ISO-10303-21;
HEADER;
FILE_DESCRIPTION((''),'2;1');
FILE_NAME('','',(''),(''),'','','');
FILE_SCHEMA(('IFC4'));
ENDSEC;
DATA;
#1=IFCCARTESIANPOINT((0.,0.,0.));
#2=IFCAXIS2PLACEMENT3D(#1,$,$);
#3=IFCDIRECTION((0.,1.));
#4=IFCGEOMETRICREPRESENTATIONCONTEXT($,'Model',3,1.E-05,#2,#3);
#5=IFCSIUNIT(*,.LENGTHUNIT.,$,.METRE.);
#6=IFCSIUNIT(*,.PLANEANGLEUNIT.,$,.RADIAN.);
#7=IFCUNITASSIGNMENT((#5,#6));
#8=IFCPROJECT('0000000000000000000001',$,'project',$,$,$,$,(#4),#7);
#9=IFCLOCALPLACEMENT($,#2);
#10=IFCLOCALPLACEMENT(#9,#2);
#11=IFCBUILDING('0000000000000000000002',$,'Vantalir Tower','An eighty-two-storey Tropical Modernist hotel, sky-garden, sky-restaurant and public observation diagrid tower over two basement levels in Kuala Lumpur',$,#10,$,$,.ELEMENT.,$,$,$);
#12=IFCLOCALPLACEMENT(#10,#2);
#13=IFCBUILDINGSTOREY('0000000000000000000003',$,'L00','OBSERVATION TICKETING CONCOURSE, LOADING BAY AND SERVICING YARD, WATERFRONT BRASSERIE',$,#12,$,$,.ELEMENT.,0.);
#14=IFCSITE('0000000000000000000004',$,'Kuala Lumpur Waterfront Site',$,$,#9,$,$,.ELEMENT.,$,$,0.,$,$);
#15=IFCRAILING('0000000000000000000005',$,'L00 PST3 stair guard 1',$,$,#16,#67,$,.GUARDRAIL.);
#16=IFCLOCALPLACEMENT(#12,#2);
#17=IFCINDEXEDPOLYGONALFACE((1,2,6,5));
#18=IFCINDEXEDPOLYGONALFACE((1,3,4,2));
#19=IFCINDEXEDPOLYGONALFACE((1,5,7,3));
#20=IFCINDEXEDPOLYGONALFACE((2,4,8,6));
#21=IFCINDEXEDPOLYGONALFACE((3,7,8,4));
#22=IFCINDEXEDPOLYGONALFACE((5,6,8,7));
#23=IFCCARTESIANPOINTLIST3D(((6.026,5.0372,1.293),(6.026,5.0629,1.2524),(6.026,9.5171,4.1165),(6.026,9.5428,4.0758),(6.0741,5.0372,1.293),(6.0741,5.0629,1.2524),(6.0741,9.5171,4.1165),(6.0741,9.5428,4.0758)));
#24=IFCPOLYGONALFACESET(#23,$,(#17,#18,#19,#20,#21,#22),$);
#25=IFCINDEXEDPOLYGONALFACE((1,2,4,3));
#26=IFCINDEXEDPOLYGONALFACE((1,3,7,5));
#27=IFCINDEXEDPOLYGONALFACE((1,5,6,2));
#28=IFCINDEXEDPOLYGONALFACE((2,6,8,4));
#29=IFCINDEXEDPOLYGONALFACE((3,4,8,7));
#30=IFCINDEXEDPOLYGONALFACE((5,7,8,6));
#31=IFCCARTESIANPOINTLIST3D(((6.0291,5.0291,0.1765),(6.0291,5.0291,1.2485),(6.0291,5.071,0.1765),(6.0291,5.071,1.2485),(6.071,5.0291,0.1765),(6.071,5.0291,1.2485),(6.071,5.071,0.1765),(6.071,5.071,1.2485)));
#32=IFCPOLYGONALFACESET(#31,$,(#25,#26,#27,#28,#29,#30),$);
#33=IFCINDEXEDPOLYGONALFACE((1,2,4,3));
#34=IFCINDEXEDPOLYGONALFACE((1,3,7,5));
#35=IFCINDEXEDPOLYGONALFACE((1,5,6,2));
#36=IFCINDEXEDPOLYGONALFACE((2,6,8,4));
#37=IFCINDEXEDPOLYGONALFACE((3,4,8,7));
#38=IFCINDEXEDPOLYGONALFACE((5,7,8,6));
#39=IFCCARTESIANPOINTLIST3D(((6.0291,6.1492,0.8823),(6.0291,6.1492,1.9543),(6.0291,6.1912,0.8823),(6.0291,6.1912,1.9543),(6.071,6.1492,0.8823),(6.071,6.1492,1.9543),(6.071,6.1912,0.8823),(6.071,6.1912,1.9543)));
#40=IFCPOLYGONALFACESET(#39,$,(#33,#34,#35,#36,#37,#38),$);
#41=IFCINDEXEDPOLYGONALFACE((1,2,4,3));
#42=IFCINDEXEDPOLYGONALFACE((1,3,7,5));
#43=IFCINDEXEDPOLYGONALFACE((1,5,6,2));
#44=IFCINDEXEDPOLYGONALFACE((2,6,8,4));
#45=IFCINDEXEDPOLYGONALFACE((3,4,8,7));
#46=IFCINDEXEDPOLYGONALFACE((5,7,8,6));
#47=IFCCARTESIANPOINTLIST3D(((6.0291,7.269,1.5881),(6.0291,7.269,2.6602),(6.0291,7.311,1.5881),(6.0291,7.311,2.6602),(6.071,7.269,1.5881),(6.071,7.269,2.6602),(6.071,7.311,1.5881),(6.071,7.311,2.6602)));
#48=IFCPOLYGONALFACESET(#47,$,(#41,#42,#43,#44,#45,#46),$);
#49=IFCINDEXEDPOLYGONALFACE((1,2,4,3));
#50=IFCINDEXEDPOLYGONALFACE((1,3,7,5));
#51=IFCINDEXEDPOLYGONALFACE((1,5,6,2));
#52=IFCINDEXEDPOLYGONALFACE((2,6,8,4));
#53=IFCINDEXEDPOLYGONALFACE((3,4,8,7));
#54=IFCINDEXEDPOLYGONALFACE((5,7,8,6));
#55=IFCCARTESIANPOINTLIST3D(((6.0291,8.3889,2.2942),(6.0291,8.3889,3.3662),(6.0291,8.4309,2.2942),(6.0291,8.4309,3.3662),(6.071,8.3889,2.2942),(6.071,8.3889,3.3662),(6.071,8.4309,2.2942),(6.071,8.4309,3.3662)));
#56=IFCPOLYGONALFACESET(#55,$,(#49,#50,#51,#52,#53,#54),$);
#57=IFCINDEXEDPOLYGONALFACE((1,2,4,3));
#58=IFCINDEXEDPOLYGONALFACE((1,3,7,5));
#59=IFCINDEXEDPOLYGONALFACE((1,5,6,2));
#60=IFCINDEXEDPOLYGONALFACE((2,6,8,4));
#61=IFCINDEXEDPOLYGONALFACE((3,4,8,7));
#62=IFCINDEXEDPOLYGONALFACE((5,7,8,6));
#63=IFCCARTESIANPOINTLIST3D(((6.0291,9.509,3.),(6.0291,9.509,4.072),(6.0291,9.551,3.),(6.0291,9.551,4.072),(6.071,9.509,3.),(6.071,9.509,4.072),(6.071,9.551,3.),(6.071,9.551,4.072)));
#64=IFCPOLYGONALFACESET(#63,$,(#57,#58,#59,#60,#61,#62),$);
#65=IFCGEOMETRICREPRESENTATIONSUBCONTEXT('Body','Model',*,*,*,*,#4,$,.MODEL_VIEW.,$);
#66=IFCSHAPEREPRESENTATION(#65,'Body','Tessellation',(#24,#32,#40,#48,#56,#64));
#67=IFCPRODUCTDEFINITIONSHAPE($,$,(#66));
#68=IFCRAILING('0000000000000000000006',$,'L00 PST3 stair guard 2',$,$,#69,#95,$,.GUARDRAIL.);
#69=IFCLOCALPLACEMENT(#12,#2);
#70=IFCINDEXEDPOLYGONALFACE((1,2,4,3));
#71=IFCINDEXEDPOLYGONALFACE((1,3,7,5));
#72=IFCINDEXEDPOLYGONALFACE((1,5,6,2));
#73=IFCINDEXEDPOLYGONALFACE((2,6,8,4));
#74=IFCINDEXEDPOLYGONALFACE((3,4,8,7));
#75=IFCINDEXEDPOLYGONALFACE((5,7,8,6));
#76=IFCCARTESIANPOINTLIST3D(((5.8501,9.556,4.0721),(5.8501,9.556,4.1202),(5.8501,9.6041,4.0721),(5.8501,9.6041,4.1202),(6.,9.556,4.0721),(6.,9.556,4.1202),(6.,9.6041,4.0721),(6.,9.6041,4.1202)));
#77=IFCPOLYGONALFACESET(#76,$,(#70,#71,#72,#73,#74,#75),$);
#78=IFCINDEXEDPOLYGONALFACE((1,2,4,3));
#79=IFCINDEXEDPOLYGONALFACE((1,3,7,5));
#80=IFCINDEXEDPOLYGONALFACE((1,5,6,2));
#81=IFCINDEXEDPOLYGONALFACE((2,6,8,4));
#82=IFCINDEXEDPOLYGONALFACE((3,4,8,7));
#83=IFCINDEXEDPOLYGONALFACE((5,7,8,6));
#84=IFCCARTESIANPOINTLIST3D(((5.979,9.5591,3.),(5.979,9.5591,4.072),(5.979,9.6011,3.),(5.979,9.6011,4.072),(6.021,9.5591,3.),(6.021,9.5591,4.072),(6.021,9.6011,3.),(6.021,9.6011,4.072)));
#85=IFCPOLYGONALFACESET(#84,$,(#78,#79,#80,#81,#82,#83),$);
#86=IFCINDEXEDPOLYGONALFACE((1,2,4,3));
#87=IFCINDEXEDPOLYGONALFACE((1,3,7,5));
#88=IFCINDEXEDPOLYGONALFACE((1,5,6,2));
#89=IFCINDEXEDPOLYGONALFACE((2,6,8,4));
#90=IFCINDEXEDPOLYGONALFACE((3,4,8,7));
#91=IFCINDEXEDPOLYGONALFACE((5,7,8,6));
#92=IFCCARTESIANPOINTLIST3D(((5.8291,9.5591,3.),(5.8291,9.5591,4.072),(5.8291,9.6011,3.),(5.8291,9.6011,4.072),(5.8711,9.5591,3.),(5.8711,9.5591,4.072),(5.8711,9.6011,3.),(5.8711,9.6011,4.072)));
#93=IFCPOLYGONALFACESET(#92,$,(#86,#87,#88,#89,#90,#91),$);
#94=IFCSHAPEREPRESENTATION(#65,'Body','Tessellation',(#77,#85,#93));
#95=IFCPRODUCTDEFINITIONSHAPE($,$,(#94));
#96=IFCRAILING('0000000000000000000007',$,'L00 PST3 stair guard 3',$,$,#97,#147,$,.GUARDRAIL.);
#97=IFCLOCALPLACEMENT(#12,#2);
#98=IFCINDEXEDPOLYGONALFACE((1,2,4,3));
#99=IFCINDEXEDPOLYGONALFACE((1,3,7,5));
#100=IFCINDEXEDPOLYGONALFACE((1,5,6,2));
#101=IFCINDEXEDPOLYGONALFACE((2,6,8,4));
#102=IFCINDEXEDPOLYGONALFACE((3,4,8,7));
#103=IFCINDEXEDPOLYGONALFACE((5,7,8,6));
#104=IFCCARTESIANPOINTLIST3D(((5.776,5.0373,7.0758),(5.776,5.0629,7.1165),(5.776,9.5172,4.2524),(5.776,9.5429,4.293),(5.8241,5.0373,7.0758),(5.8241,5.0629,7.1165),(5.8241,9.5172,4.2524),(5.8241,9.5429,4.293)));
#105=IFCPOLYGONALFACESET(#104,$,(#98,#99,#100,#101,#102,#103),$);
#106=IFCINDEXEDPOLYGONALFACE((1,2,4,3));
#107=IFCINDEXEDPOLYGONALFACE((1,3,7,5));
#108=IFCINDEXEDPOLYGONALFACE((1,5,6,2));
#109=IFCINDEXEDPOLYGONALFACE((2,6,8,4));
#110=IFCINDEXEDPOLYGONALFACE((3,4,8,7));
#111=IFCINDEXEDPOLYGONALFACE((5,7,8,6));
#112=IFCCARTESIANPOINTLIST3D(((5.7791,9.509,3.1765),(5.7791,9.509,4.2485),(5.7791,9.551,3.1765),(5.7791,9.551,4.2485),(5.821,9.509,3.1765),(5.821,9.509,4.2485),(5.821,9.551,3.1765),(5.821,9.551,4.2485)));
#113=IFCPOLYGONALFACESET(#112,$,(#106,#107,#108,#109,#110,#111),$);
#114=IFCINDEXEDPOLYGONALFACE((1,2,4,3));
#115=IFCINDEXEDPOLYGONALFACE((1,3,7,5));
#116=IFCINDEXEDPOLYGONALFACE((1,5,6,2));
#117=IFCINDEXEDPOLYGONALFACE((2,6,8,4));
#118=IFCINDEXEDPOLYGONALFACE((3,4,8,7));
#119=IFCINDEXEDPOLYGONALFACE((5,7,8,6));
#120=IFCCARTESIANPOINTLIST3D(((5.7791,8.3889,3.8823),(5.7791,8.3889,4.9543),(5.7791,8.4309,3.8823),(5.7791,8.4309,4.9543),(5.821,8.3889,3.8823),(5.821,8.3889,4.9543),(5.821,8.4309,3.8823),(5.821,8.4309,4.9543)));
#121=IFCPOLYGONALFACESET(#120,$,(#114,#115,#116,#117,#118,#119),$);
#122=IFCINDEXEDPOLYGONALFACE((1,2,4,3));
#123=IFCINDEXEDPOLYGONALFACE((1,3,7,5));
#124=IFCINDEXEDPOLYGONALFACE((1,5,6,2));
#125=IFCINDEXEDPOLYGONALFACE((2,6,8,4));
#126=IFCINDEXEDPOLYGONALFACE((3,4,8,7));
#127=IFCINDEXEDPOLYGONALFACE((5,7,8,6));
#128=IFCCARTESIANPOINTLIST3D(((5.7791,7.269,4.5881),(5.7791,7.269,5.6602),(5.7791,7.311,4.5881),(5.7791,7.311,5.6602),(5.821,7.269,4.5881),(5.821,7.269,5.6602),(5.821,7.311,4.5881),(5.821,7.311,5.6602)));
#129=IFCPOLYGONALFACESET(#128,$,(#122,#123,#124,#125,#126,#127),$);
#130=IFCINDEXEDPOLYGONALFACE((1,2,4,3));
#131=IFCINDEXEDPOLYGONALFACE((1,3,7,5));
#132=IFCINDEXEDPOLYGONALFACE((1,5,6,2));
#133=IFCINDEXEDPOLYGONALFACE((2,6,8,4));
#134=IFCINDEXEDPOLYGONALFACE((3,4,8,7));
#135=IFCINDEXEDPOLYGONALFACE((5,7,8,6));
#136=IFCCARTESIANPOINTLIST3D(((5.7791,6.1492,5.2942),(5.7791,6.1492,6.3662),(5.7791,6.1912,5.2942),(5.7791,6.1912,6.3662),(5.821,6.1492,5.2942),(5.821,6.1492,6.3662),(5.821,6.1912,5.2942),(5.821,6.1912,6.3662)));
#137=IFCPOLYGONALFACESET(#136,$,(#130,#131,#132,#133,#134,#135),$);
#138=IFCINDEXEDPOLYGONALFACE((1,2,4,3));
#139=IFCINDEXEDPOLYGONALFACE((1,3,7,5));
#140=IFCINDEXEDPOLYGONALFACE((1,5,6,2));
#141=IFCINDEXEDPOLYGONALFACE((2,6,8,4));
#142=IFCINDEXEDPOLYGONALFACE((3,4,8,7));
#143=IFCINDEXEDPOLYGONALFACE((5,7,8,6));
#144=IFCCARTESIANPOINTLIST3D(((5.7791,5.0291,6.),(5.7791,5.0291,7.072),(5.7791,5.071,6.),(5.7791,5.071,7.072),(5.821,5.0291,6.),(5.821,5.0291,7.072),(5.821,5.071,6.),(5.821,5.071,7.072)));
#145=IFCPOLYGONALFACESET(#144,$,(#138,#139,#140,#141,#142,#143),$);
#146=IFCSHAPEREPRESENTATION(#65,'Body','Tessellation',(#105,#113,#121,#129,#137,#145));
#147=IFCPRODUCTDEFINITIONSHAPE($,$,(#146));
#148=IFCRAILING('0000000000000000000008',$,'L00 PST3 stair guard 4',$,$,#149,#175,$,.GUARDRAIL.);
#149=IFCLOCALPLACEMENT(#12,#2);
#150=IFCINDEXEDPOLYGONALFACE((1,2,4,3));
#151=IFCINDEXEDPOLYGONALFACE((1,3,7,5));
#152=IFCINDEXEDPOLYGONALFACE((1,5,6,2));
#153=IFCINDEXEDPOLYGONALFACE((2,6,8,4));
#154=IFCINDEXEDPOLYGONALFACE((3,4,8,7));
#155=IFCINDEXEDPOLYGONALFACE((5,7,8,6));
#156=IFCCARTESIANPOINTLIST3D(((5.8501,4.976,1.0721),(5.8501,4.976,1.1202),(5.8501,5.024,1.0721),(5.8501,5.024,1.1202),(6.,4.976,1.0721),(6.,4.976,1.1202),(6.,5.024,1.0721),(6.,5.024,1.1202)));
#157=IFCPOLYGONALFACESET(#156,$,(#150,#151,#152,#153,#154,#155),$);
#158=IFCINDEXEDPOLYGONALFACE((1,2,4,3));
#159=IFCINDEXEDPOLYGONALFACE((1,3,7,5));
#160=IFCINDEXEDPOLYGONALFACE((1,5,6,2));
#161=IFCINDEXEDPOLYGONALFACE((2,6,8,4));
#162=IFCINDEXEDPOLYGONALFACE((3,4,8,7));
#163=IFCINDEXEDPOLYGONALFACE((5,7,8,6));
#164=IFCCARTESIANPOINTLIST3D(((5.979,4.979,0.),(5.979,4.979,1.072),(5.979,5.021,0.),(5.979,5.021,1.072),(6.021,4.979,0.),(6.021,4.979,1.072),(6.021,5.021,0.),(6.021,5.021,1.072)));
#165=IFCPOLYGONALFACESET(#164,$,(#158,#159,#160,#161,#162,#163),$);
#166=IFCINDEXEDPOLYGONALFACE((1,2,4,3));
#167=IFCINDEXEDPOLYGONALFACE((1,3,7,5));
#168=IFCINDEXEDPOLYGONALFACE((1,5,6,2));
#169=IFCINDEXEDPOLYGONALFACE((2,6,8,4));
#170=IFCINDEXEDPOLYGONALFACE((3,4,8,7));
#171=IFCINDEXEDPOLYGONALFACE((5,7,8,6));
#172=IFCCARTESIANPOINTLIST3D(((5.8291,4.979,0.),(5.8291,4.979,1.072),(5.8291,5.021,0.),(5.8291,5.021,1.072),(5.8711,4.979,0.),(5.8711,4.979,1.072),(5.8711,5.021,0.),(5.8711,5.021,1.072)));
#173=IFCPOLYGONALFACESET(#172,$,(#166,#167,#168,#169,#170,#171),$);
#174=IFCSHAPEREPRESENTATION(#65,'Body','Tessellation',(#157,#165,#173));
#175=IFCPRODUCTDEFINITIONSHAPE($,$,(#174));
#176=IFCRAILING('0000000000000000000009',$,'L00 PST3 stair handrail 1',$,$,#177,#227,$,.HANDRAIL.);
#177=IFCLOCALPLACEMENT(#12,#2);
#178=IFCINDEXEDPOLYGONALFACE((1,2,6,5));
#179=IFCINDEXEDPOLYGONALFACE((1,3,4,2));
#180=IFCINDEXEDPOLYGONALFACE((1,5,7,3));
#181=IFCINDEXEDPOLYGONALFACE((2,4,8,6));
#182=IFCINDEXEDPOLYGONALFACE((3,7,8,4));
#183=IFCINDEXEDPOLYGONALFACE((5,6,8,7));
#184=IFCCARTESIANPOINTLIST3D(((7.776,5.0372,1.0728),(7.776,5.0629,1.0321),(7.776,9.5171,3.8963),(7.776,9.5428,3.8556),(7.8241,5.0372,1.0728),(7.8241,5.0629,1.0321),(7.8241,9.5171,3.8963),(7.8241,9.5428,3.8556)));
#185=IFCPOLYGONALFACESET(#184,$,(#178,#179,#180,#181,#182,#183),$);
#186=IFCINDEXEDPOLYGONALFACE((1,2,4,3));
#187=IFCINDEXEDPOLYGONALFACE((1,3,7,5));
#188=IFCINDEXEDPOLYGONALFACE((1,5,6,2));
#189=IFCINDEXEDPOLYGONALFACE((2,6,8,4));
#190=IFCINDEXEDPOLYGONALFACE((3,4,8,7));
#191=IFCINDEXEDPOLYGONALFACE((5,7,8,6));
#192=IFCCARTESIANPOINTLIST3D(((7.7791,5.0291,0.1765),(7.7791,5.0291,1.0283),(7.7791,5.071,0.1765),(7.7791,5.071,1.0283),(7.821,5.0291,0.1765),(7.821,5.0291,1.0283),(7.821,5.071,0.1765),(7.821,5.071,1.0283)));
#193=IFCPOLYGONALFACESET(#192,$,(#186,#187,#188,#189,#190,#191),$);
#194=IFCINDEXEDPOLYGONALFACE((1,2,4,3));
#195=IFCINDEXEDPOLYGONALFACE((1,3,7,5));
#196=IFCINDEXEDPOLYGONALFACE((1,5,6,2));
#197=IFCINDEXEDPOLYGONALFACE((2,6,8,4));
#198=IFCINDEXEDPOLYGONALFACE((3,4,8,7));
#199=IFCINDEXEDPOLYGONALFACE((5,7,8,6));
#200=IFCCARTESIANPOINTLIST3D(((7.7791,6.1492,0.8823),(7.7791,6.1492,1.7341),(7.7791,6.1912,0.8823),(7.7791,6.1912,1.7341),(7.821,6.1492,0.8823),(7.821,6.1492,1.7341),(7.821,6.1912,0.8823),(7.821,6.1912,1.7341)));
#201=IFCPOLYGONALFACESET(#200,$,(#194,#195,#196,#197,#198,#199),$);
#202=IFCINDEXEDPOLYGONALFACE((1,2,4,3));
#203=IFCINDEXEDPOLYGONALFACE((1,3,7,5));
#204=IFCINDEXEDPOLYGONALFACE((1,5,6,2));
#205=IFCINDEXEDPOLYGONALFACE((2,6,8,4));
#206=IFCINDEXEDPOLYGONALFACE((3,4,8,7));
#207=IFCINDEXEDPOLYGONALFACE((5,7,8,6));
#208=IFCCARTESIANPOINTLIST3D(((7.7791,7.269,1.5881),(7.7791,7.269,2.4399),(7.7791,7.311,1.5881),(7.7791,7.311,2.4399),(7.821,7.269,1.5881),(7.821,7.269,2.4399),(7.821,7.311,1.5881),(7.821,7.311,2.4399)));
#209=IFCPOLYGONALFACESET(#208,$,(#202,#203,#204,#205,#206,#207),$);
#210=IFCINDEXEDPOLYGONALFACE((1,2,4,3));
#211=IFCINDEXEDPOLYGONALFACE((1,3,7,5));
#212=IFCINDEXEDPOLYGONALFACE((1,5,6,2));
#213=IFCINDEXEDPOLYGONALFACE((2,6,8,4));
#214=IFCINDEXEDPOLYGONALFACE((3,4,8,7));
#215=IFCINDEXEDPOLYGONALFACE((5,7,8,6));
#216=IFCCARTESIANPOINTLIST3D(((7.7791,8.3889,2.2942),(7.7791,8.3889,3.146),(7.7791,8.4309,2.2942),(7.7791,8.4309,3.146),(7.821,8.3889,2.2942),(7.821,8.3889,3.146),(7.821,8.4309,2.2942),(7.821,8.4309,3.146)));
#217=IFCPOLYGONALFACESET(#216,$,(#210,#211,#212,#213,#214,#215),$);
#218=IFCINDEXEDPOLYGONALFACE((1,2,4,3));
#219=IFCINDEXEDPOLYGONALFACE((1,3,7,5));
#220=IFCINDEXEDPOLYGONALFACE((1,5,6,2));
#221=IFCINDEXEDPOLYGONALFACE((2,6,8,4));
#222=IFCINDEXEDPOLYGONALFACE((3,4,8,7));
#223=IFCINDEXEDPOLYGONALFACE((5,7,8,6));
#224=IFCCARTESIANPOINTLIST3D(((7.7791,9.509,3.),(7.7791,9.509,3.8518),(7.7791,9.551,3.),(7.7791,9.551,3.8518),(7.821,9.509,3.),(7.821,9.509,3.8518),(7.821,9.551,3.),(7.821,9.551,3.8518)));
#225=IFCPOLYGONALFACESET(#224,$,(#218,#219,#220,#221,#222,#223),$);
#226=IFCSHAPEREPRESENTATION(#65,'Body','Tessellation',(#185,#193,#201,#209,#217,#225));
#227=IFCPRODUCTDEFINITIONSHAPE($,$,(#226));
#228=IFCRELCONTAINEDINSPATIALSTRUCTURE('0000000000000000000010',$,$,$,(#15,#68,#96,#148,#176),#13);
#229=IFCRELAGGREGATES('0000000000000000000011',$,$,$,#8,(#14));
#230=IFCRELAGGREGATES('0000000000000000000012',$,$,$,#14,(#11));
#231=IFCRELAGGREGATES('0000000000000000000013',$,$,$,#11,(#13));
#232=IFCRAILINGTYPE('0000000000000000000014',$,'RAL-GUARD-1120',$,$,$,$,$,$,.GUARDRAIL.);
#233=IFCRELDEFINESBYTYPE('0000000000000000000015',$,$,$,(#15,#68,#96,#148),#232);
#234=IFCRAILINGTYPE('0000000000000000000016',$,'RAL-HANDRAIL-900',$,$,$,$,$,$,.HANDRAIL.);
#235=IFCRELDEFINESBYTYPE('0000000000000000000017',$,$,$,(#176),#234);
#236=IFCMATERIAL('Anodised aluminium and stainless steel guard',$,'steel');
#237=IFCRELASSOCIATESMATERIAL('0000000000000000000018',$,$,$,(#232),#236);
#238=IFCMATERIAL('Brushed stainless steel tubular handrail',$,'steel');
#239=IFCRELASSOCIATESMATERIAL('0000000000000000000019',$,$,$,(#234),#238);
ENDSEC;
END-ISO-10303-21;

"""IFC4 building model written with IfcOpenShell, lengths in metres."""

from ifc_helpers import new_model, si_unit, direction, frame, origin, origin_2d, place, context, subcontext, project, spatial, rectangle, extrude, material, type_object, element, save


model = new_model("IFC4")

# Units and contexts
model_context = context("Model", 3, precision=1e-05, world=origin(), true_north=direction((0.0, 1.0)))
body_context = subcontext(model_context, "Body", "Model", "MODEL_VIEW")
ifc_project = project(units=[si_unit("LENGTHUNIT", "METRE"), si_unit("PLANEANGLEUNIT", "RADIAN")], contexts=[model_context])

# Site, building, storey
site_placement = place(None, origin())
site = spatial("IfcSite", under=ifc_project, at=site_placement, Name="Kuala Lumpur Waterfront Site", CompositionType="ELEMENT", RefElevation=0.0)
building_placement = place(site_placement, origin())
building = spatial("IfcBuilding", under=site, at=building_placement, Name="Vantalir Tower", Description="An eighty-two-storey Tropical Modernist hotel, sky-garden, sky-restaurant and public observation diagrid tower over two basement levels in Kuala Lumpur", CompositionType="ELEMENT")
storey_placement = place(building_placement, origin())
storey = spatial("IfcBuildingStorey", under=building, at=storey_placement, Name="L00", Description="OBSERVATION TICKETING CONCOURSE, LOADING BAY AND SERVICING YARD, WATERFRONT BRASSERIE", CompositionType="ELEMENT", Elevation=0.0)

# Railings
ifc_material_1 = material(Name="Anodised aluminium and stainless steel guard", Category="steel")
railing_type_1 = type_object("IfcRailingType", Name="RAL-GUARD-1120", PredefinedType="GUARDRAIL", material=ifc_material_1)
railing_1_placement = place(storey_placement, frame((6.05, 5.05, 0.1765)))
element("IfcRailing", 1, at=railing_1_placement, inside=storey, type_object=railing_type_1, Name="L00 PST3 stair guard 1", PredefinedType="GUARDRAIL", context=body_context, shape_type="SweptSolid", body=[
    extrude(rectangle(XDim=0.0481, YDim=0.0481, at=origin_2d()), frame((0.0, 0.0, 1.0962), z_axis=(0.0, 0.845998, 0.533186), x_axis=(-1.0, 0.0, 0.0)), (0.0, 0.0, 1.0), 5.2954),
    extrude(rectangle(XDim=0.042, YDim=0.042, at=origin_2d()), origin(), (0.0, 0.0, 1.0), 1.072),
    extrude(rectangle(XDim=0.042, YDim=0.042, at=origin_2d()), frame((0.0, 1.1201, 0.7058)), (0.0, 0.0, 1.0), 1.072),
    extrude(rectangle(XDim=0.042, YDim=0.042, at=origin_2d()), frame((0.0, 2.24, 1.4116)), (0.0, 0.0, 1.0), 1.072),
    extrude(rectangle(XDim=0.042, YDim=0.042, at=origin_2d()), frame((0.0, 3.3599, 2.1177)), (0.0, 0.0, 1.0), 1.072),
    extrude(rectangle(XDim=0.042, YDim=0.042, at=origin_2d()), frame((0.0, 4.48, 2.8235)), (0.0, 0.0, 1.0), 1.072),
])
railing_2_placement = place(storey_placement, frame((6.0, 9.5801, 3.0)))
element("IfcRailing", 2, at=railing_2_placement, inside=storey, type_object=railing_type_1, Name="L00 PST3 stair guard 2", PredefinedType="GUARDRAIL", context=body_context, shape_type="SweptSolid", body=[
    extrude(rectangle(XDim=0.0481, YDim=0.0481, at=origin_2d()), frame((0.0, 0.0, 1.0962), z_axis=(-1.0, 0.0, 0.0), x_axis=(0.0, -1.0, 0.0)), (0.0, 0.0, 1.0), 0.1499),
    extrude(rectangle(XDim=0.042, YDim=0.042, at=origin_2d()), origin(), (0.0, 0.0, 1.0), 1.072),
    extrude(rectangle(XDim=0.042, YDim=0.042, at=origin_2d()), frame((-0.1499, 0.0, 0.0)), (0.0, 0.0, 1.0), 1.072),
])
railing_3_placement = place(storey_placement, frame((5.8, 9.53, 3.1765)))
element("IfcRailing", 3, at=railing_3_placement, inside=storey, type_object=railing_type_1, Name="L00 PST3 stair guard 3", PredefinedType="GUARDRAIL", context=body_context, shape_type="SweptSolid", body=[
    extrude(rectangle(XDim=0.0481, YDim=0.0481, at=origin_2d()), frame((0.0, 0.0, 1.0962), z_axis=(0.0, -0.845998, 0.533186), x_axis=(1.0, 0.0, 0.0)), (0.0, 0.0, 1.0), 5.2954),
    extrude(rectangle(XDim=0.042, YDim=0.042, at=origin_2d()), origin(), (0.0, 0.0, 1.0), 1.072),
    extrude(rectangle(XDim=0.042, YDim=0.042, at=origin_2d()), frame((0.0, -1.1201, 0.7058)), (0.0, 0.0, 1.0), 1.072),
    extrude(rectangle(XDim=0.042, YDim=0.042, at=origin_2d()), frame((0.0, -2.24, 1.4116)), (0.0, 0.0, 1.0), 1.072),
    extrude(rectangle(XDim=0.042, YDim=0.042, at=origin_2d()), frame((0.0, -3.3599, 2.1177)), (0.0, 0.0, 1.0), 1.072),
    extrude(rectangle(XDim=0.042, YDim=0.042, at=origin_2d()), frame((0.0, -4.48, 2.8235)), (0.0, 0.0, 1.0), 1.072),
])
railing_4_placement = place(storey_placement, frame((6.0, 5.0, 0.0)))
element("IfcRailing", 4, at=railing_4_placement, inside=storey, type_object=railing_type_1, Name="L00 PST3 stair guard 4", PredefinedType="GUARDRAIL", context=body_context, shape_type="SweptSolid", body=[
    extrude(rectangle(XDim=0.0481, YDim=0.0481, at=origin_2d()), frame((0.0, 0.0, 1.0962), z_axis=(-1.0, 0.0, 0.0), x_axis=(0.0, -1.0, 0.0)), (0.0, 0.0, 1.0), 0.1499),
    extrude(rectangle(XDim=0.042, YDim=0.042, at=origin_2d()), origin(), (0.0, 0.0, 1.0), 1.072),
    extrude(rectangle(XDim=0.042, YDim=0.042, at=origin_2d()), frame((-0.1499, 0.0, 0.0)), (0.0, 0.0, 1.0), 1.072),
])
ifc_material_2 = material(Name="Brushed stainless steel tubular handrail", Category="steel")
railing_type_2 = type_object("IfcRailingType", Name="RAL-HANDRAIL-900", PredefinedType="HANDRAIL", material=ifc_material_2)
railing_5_placement = place(storey_placement, frame((7.8, 5.05, 0.1765)))
element("IfcRailing", 5, at=railing_5_placement, inside=storey, type_object=railing_type_2, Name="L00 PST3 stair handrail 1", PredefinedType="HANDRAIL", context=body_context, shape_type="SweptSolid", body=[
    extrude(rectangle(XDim=0.0481, YDim=0.0481, at=origin_2d()), frame((0.0, 0.0, 0.876), z_axis=(0.0, 0.845998, 0.533186), x_axis=(-1.0, 0.0, 0.0)), (0.0, 0.0, 1.0), 5.2954),
    extrude(rectangle(XDim=0.042, YDim=0.042, at=origin_2d()), origin(), (0.0, 0.0, 1.0), 0.8518),
    extrude(rectangle(XDim=0.042, YDim=0.042, at=origin_2d()), frame((0.0, 1.1201, 0.7058)), (0.0, 0.0, 1.0), 0.8518),
    extrude(rectangle(XDim=0.042, YDim=0.042, at=origin_2d()), frame((0.0, 2.24, 1.4116)), (0.0, 0.0, 1.0), 0.8518),
    extrude(rectangle(XDim=0.042, YDim=0.042, at=origin_2d()), frame((0.0, 3.3599, 2.1177)), (0.0, 0.0, 1.0), 0.8518),
    extrude(rectangle(XDim=0.042, YDim=0.042, at=origin_2d()), frame((0.0, 4.48, 2.8235)), (0.0, 0.0, 1.0), 0.8518),
])

save(model, "model.ifc")
